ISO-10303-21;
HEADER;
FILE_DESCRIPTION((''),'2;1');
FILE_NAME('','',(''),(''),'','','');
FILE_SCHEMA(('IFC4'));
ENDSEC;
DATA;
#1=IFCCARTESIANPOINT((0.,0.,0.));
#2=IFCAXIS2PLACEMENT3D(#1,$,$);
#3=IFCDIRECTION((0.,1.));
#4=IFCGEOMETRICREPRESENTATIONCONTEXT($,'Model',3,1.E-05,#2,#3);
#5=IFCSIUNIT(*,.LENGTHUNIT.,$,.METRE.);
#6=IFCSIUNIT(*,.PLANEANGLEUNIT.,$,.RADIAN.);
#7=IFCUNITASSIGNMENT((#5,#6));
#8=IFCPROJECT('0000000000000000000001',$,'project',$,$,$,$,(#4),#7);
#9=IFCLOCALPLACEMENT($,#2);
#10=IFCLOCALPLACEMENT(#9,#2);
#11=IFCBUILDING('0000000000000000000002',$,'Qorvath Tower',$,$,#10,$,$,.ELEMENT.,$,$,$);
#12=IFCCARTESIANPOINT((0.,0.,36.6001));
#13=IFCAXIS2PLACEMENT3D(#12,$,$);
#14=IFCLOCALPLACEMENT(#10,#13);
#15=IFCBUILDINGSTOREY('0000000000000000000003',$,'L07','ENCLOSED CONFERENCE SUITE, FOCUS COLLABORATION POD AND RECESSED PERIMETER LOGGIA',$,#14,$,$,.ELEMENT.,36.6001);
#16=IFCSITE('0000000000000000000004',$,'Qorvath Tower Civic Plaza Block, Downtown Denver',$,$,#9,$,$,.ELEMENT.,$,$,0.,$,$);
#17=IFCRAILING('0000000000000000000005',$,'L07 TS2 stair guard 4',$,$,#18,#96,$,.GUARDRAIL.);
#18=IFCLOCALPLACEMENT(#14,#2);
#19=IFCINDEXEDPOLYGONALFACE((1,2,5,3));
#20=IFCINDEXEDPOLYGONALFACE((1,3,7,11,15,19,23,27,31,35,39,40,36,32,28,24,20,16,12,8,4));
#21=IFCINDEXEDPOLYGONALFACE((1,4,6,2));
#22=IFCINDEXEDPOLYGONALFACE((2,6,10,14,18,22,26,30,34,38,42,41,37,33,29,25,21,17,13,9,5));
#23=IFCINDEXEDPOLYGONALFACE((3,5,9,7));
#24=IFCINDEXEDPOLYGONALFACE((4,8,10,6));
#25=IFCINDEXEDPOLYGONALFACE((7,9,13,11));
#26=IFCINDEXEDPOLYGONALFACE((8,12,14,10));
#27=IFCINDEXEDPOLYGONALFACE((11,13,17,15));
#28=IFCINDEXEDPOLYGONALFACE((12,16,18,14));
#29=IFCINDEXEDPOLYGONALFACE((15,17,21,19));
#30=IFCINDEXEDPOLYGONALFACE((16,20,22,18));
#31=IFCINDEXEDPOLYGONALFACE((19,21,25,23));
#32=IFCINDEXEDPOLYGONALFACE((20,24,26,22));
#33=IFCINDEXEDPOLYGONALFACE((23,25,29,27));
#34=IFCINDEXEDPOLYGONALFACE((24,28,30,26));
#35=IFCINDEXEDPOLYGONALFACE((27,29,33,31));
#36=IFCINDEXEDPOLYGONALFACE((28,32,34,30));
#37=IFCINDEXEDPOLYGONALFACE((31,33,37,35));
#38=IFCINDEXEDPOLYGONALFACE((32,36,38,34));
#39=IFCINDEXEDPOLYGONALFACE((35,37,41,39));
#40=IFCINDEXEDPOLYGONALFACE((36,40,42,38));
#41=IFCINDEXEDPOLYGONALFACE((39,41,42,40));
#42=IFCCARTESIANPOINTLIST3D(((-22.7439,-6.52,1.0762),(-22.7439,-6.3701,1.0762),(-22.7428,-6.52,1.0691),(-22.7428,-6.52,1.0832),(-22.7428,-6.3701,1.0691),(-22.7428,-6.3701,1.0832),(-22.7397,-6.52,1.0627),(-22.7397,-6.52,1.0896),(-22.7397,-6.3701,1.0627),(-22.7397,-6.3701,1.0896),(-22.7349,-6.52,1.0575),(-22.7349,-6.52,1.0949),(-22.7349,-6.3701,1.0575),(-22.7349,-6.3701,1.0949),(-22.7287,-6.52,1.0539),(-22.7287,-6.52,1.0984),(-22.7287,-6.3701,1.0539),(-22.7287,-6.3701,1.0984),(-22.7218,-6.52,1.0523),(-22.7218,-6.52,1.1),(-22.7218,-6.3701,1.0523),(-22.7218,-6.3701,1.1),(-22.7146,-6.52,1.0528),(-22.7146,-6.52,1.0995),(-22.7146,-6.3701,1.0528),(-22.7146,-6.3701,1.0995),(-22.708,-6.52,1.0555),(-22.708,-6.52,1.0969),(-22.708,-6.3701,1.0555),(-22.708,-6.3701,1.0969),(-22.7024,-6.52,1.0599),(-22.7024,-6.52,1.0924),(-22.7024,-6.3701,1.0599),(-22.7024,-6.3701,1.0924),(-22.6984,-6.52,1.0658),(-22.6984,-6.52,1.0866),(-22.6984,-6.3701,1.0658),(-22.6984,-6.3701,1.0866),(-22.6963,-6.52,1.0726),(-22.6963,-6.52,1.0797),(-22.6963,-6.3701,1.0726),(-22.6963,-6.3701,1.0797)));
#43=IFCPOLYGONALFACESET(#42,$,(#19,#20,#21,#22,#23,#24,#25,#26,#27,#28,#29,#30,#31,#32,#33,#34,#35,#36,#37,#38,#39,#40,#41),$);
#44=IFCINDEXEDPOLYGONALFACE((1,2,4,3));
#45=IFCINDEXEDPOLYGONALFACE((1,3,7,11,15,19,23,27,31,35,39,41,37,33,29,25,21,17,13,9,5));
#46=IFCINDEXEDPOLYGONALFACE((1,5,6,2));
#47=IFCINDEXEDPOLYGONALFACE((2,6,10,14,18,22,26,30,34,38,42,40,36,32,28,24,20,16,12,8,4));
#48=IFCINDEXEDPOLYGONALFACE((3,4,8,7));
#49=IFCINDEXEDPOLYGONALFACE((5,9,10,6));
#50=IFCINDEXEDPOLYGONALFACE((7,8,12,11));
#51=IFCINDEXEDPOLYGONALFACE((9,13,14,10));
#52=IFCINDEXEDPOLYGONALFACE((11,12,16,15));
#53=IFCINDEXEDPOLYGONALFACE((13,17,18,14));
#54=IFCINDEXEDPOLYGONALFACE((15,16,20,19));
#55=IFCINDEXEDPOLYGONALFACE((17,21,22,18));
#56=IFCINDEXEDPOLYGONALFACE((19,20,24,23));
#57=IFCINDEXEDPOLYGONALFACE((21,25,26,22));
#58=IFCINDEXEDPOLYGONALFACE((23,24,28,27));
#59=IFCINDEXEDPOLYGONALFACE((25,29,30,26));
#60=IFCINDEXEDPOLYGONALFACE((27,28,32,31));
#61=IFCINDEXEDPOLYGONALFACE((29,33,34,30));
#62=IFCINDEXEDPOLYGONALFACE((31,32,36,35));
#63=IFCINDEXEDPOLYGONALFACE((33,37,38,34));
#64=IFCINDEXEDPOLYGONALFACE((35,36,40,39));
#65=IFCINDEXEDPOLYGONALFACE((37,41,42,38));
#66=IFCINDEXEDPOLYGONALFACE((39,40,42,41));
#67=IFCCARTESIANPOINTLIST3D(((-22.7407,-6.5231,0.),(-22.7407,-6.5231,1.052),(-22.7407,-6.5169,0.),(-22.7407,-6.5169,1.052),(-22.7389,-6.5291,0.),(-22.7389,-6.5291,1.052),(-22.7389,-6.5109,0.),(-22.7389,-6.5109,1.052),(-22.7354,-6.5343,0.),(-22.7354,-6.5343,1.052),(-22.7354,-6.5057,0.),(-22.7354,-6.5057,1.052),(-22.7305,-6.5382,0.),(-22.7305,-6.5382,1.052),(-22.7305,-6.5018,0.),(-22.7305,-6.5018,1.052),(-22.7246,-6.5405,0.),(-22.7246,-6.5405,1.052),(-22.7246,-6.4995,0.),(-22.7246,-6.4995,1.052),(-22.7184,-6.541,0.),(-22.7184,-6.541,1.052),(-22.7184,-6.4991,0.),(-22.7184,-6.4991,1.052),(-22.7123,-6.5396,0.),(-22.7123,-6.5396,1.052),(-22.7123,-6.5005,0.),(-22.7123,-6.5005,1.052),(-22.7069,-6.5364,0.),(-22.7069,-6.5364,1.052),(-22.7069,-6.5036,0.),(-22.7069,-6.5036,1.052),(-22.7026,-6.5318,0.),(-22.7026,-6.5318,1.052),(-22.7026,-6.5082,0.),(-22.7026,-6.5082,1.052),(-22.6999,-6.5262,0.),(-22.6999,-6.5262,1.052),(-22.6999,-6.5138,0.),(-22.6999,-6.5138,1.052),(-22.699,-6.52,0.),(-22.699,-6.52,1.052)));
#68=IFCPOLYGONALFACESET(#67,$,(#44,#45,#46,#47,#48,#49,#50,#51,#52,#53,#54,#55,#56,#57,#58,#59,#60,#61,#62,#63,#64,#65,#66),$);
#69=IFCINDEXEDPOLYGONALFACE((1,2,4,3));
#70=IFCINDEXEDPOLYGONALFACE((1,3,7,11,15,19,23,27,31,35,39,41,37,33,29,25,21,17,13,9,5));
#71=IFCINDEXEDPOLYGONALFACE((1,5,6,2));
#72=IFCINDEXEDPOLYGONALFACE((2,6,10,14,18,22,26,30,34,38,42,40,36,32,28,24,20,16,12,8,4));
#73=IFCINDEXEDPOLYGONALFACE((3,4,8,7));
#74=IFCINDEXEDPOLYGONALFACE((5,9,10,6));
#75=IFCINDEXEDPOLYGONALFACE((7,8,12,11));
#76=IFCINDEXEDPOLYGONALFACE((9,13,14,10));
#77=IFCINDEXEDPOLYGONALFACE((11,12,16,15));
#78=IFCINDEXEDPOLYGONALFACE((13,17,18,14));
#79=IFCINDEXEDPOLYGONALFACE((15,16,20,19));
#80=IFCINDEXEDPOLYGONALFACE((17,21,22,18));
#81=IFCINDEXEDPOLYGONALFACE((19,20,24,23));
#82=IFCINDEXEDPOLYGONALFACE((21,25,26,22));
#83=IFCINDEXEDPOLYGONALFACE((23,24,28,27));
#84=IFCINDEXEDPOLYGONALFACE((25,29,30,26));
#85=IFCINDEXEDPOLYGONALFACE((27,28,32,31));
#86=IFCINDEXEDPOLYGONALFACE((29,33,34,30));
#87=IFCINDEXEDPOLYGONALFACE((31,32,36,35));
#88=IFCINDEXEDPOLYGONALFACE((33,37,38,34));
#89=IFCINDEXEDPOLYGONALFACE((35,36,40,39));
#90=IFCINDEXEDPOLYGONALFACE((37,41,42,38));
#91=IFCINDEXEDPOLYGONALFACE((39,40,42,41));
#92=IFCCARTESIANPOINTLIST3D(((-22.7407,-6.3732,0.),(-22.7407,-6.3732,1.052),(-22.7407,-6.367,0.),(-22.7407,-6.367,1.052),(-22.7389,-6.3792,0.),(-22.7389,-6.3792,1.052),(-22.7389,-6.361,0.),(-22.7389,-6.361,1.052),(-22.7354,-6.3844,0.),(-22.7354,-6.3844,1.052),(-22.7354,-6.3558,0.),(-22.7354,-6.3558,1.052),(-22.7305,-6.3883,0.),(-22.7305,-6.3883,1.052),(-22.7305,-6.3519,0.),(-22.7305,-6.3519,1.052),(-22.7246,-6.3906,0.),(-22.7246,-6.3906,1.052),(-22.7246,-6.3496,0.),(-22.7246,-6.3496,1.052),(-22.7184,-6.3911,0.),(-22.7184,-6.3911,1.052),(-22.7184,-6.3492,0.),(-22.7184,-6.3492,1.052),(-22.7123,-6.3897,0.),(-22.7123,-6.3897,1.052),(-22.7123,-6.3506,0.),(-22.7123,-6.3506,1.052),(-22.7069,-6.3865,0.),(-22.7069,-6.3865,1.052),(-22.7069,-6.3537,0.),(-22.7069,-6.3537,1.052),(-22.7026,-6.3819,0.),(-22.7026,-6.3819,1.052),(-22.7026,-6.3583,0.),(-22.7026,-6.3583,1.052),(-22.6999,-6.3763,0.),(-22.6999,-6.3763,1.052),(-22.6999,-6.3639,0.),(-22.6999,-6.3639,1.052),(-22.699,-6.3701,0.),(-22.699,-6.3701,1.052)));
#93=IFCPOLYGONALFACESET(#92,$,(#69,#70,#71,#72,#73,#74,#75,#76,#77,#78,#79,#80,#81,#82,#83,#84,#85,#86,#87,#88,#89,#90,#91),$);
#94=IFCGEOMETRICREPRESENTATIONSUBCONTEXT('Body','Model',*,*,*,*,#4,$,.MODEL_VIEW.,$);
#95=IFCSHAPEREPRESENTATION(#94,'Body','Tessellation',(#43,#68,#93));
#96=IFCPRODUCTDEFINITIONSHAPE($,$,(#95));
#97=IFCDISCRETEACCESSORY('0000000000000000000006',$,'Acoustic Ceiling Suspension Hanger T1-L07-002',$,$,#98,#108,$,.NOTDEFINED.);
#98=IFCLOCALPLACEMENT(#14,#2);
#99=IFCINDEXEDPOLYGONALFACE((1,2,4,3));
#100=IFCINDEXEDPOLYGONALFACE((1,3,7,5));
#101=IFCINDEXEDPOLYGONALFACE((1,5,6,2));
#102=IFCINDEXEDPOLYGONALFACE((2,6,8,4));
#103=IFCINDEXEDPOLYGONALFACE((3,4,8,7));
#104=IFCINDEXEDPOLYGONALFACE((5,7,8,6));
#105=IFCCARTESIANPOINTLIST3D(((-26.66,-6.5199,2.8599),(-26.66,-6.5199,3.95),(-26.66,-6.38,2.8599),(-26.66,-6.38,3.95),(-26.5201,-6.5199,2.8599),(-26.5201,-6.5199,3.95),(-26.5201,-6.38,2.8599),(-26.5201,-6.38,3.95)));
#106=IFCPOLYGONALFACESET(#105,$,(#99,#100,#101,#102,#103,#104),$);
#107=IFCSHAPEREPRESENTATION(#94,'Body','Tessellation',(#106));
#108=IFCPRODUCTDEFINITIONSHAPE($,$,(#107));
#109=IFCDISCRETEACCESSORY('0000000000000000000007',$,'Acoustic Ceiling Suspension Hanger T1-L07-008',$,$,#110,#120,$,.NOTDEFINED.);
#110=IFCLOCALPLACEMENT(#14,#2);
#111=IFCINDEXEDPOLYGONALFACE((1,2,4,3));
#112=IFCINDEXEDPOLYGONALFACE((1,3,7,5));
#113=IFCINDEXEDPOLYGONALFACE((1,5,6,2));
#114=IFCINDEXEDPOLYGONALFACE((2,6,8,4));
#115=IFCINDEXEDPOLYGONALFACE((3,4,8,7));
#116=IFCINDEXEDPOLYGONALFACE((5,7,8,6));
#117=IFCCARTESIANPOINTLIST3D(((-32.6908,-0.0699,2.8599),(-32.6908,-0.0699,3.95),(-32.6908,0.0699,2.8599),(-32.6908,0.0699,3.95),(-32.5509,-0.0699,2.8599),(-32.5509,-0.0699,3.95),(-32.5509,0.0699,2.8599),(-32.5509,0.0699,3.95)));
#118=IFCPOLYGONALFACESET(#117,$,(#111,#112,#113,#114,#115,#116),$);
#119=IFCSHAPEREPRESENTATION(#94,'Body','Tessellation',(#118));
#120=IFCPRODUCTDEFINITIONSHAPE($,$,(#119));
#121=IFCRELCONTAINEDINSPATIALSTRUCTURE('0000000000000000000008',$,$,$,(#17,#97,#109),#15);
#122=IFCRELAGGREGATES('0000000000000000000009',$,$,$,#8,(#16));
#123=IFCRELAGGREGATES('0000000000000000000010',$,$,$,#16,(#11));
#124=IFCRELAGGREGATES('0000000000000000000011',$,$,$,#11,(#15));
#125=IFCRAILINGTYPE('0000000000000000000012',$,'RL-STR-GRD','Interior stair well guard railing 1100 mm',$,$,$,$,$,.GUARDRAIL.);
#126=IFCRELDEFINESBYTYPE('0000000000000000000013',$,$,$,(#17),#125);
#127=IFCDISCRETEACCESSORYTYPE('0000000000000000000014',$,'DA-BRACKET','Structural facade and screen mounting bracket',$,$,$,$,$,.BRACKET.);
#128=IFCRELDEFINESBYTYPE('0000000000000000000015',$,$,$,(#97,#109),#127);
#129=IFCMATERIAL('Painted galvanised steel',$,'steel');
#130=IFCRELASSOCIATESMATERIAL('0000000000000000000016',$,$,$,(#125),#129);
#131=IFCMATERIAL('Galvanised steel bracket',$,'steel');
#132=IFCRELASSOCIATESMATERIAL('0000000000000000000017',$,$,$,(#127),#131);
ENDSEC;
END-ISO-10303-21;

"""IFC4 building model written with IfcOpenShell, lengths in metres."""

from ifc_helpers import new_model, si_unit, direction, frame, origin, origin_2d, place, context, subcontext, project, spatial, rectangle, circle, extrude, material, type_object, element, save


model = new_model("IFC4")

# Units and contexts
model_context = context("Model", 3, precision=1e-05, world=origin(), true_north=direction((0.0, 1.0)))
body_context = subcontext(model_context, "Body", "Model", "MODEL_VIEW")
ifc_project = project(units=[si_unit("LENGTHUNIT", "METRE"), si_unit("PLANEANGLEUNIT", "RADIAN")], contexts=[model_context])

# Site, building, storey
site_placement = place(None, origin())
site = spatial("IfcSite", under=ifc_project, at=site_placement, Name="Qorvath Tower Civic Plaza Block, Downtown Denver", CompositionType="ELEMENT", RefElevation=0.0)
building_placement = place(site_placement, origin())
building = spatial("IfcBuilding", under=site, at=building_placement, Name="Qorvath Tower", CompositionType="ELEMENT")
storey_placement = place(building_placement, frame((0.0, 0.0, 36.6001)))
storey = spatial("IfcBuildingStorey", under=building, at=storey_placement, Name="L07", Description="ENCLOSED CONFERENCE SUITE, FOCUS COLLABORATION POD AND RECESSED PERIMETER LOGGIA", CompositionType="ELEMENT", Elevation=36.6001)

# Railing
ifc_material_1 = material(Name="Painted galvanised steel", Category="steel")
railing_type = type_object("IfcRailingType", Name="RL-STR-GRD", Description="Interior stair well guard railing 1100 mm", PredefinedType="GUARDRAIL", material=ifc_material_1)
railing_1_placement = place(storey_placement, frame((-22.72, -6.52, 0.0)))
element("IfcRailing", 1, at=railing_1_placement, inside=storey, type_object=railing_type, Name="L07 TS2 stair guard 4", PredefinedType="GUARDRAIL", context=body_context, shape_type="SweptSolid", body=[
    extrude(circle(Radius=0.0239, at=origin_2d()), frame((0.0, 0.0, 1.0762), z_axis=(0.0, 1.0, 0.0), x_axis=(-1.0, 0.0, 0.0)), (0.0, 0.0, 1.0), 0.1499),
    extrude(circle(Radius=0.021, at=origin_2d()), origin(), (0.0, 0.0, 1.0), 1.052),
    extrude(circle(Radius=0.021, at=origin_2d()), frame((0.0, 0.1499, 0.0)), (0.0, 0.0, 1.0), 1.052),
])

# Discrete accessories
ifc_material_2 = material(Name="Galvanised steel bracket", Category="steel")
discrete_accessory_type = type_object("IfcDiscreteAccessoryType", Name="DA-BRACKET", Description="Structural facade and screen mounting bracket", PredefinedType="BRACKET", material=ifc_material_2)
for number, where, z_axis, x_axis, name in (
    (2, (-26.5901, -6.45, 2.8599), (0.0, 0.0, 1.0), (1.0, 0.0, 0.0), "Acoustic Ceiling Suspension Hanger T1-L07-002"),
    (3, (-32.6208, 0.0, 2.8599), (0.0, 0.0, 1.0), (1.0, 0.0, 0.0), "Acoustic Ceiling Suspension Hanger T1-L07-008"),
):
    element("IfcDiscreteAccessory", number, at=place(storey_placement, frame(where, z_axis=z_axis, x_axis=x_axis)), inside=storey, type_object=discrete_accessory_type, Name=name, PredefinedType="NOTDEFINED", context=body_context, shape_type="SweptSolid", body=[
        extrude(rectangle(XDim=0.1399, YDim=0.1399, at=origin_2d()), origin(), (0.0, 0.0, 1.0), 1.0901),
    ])

save(model, "model.ifc")
